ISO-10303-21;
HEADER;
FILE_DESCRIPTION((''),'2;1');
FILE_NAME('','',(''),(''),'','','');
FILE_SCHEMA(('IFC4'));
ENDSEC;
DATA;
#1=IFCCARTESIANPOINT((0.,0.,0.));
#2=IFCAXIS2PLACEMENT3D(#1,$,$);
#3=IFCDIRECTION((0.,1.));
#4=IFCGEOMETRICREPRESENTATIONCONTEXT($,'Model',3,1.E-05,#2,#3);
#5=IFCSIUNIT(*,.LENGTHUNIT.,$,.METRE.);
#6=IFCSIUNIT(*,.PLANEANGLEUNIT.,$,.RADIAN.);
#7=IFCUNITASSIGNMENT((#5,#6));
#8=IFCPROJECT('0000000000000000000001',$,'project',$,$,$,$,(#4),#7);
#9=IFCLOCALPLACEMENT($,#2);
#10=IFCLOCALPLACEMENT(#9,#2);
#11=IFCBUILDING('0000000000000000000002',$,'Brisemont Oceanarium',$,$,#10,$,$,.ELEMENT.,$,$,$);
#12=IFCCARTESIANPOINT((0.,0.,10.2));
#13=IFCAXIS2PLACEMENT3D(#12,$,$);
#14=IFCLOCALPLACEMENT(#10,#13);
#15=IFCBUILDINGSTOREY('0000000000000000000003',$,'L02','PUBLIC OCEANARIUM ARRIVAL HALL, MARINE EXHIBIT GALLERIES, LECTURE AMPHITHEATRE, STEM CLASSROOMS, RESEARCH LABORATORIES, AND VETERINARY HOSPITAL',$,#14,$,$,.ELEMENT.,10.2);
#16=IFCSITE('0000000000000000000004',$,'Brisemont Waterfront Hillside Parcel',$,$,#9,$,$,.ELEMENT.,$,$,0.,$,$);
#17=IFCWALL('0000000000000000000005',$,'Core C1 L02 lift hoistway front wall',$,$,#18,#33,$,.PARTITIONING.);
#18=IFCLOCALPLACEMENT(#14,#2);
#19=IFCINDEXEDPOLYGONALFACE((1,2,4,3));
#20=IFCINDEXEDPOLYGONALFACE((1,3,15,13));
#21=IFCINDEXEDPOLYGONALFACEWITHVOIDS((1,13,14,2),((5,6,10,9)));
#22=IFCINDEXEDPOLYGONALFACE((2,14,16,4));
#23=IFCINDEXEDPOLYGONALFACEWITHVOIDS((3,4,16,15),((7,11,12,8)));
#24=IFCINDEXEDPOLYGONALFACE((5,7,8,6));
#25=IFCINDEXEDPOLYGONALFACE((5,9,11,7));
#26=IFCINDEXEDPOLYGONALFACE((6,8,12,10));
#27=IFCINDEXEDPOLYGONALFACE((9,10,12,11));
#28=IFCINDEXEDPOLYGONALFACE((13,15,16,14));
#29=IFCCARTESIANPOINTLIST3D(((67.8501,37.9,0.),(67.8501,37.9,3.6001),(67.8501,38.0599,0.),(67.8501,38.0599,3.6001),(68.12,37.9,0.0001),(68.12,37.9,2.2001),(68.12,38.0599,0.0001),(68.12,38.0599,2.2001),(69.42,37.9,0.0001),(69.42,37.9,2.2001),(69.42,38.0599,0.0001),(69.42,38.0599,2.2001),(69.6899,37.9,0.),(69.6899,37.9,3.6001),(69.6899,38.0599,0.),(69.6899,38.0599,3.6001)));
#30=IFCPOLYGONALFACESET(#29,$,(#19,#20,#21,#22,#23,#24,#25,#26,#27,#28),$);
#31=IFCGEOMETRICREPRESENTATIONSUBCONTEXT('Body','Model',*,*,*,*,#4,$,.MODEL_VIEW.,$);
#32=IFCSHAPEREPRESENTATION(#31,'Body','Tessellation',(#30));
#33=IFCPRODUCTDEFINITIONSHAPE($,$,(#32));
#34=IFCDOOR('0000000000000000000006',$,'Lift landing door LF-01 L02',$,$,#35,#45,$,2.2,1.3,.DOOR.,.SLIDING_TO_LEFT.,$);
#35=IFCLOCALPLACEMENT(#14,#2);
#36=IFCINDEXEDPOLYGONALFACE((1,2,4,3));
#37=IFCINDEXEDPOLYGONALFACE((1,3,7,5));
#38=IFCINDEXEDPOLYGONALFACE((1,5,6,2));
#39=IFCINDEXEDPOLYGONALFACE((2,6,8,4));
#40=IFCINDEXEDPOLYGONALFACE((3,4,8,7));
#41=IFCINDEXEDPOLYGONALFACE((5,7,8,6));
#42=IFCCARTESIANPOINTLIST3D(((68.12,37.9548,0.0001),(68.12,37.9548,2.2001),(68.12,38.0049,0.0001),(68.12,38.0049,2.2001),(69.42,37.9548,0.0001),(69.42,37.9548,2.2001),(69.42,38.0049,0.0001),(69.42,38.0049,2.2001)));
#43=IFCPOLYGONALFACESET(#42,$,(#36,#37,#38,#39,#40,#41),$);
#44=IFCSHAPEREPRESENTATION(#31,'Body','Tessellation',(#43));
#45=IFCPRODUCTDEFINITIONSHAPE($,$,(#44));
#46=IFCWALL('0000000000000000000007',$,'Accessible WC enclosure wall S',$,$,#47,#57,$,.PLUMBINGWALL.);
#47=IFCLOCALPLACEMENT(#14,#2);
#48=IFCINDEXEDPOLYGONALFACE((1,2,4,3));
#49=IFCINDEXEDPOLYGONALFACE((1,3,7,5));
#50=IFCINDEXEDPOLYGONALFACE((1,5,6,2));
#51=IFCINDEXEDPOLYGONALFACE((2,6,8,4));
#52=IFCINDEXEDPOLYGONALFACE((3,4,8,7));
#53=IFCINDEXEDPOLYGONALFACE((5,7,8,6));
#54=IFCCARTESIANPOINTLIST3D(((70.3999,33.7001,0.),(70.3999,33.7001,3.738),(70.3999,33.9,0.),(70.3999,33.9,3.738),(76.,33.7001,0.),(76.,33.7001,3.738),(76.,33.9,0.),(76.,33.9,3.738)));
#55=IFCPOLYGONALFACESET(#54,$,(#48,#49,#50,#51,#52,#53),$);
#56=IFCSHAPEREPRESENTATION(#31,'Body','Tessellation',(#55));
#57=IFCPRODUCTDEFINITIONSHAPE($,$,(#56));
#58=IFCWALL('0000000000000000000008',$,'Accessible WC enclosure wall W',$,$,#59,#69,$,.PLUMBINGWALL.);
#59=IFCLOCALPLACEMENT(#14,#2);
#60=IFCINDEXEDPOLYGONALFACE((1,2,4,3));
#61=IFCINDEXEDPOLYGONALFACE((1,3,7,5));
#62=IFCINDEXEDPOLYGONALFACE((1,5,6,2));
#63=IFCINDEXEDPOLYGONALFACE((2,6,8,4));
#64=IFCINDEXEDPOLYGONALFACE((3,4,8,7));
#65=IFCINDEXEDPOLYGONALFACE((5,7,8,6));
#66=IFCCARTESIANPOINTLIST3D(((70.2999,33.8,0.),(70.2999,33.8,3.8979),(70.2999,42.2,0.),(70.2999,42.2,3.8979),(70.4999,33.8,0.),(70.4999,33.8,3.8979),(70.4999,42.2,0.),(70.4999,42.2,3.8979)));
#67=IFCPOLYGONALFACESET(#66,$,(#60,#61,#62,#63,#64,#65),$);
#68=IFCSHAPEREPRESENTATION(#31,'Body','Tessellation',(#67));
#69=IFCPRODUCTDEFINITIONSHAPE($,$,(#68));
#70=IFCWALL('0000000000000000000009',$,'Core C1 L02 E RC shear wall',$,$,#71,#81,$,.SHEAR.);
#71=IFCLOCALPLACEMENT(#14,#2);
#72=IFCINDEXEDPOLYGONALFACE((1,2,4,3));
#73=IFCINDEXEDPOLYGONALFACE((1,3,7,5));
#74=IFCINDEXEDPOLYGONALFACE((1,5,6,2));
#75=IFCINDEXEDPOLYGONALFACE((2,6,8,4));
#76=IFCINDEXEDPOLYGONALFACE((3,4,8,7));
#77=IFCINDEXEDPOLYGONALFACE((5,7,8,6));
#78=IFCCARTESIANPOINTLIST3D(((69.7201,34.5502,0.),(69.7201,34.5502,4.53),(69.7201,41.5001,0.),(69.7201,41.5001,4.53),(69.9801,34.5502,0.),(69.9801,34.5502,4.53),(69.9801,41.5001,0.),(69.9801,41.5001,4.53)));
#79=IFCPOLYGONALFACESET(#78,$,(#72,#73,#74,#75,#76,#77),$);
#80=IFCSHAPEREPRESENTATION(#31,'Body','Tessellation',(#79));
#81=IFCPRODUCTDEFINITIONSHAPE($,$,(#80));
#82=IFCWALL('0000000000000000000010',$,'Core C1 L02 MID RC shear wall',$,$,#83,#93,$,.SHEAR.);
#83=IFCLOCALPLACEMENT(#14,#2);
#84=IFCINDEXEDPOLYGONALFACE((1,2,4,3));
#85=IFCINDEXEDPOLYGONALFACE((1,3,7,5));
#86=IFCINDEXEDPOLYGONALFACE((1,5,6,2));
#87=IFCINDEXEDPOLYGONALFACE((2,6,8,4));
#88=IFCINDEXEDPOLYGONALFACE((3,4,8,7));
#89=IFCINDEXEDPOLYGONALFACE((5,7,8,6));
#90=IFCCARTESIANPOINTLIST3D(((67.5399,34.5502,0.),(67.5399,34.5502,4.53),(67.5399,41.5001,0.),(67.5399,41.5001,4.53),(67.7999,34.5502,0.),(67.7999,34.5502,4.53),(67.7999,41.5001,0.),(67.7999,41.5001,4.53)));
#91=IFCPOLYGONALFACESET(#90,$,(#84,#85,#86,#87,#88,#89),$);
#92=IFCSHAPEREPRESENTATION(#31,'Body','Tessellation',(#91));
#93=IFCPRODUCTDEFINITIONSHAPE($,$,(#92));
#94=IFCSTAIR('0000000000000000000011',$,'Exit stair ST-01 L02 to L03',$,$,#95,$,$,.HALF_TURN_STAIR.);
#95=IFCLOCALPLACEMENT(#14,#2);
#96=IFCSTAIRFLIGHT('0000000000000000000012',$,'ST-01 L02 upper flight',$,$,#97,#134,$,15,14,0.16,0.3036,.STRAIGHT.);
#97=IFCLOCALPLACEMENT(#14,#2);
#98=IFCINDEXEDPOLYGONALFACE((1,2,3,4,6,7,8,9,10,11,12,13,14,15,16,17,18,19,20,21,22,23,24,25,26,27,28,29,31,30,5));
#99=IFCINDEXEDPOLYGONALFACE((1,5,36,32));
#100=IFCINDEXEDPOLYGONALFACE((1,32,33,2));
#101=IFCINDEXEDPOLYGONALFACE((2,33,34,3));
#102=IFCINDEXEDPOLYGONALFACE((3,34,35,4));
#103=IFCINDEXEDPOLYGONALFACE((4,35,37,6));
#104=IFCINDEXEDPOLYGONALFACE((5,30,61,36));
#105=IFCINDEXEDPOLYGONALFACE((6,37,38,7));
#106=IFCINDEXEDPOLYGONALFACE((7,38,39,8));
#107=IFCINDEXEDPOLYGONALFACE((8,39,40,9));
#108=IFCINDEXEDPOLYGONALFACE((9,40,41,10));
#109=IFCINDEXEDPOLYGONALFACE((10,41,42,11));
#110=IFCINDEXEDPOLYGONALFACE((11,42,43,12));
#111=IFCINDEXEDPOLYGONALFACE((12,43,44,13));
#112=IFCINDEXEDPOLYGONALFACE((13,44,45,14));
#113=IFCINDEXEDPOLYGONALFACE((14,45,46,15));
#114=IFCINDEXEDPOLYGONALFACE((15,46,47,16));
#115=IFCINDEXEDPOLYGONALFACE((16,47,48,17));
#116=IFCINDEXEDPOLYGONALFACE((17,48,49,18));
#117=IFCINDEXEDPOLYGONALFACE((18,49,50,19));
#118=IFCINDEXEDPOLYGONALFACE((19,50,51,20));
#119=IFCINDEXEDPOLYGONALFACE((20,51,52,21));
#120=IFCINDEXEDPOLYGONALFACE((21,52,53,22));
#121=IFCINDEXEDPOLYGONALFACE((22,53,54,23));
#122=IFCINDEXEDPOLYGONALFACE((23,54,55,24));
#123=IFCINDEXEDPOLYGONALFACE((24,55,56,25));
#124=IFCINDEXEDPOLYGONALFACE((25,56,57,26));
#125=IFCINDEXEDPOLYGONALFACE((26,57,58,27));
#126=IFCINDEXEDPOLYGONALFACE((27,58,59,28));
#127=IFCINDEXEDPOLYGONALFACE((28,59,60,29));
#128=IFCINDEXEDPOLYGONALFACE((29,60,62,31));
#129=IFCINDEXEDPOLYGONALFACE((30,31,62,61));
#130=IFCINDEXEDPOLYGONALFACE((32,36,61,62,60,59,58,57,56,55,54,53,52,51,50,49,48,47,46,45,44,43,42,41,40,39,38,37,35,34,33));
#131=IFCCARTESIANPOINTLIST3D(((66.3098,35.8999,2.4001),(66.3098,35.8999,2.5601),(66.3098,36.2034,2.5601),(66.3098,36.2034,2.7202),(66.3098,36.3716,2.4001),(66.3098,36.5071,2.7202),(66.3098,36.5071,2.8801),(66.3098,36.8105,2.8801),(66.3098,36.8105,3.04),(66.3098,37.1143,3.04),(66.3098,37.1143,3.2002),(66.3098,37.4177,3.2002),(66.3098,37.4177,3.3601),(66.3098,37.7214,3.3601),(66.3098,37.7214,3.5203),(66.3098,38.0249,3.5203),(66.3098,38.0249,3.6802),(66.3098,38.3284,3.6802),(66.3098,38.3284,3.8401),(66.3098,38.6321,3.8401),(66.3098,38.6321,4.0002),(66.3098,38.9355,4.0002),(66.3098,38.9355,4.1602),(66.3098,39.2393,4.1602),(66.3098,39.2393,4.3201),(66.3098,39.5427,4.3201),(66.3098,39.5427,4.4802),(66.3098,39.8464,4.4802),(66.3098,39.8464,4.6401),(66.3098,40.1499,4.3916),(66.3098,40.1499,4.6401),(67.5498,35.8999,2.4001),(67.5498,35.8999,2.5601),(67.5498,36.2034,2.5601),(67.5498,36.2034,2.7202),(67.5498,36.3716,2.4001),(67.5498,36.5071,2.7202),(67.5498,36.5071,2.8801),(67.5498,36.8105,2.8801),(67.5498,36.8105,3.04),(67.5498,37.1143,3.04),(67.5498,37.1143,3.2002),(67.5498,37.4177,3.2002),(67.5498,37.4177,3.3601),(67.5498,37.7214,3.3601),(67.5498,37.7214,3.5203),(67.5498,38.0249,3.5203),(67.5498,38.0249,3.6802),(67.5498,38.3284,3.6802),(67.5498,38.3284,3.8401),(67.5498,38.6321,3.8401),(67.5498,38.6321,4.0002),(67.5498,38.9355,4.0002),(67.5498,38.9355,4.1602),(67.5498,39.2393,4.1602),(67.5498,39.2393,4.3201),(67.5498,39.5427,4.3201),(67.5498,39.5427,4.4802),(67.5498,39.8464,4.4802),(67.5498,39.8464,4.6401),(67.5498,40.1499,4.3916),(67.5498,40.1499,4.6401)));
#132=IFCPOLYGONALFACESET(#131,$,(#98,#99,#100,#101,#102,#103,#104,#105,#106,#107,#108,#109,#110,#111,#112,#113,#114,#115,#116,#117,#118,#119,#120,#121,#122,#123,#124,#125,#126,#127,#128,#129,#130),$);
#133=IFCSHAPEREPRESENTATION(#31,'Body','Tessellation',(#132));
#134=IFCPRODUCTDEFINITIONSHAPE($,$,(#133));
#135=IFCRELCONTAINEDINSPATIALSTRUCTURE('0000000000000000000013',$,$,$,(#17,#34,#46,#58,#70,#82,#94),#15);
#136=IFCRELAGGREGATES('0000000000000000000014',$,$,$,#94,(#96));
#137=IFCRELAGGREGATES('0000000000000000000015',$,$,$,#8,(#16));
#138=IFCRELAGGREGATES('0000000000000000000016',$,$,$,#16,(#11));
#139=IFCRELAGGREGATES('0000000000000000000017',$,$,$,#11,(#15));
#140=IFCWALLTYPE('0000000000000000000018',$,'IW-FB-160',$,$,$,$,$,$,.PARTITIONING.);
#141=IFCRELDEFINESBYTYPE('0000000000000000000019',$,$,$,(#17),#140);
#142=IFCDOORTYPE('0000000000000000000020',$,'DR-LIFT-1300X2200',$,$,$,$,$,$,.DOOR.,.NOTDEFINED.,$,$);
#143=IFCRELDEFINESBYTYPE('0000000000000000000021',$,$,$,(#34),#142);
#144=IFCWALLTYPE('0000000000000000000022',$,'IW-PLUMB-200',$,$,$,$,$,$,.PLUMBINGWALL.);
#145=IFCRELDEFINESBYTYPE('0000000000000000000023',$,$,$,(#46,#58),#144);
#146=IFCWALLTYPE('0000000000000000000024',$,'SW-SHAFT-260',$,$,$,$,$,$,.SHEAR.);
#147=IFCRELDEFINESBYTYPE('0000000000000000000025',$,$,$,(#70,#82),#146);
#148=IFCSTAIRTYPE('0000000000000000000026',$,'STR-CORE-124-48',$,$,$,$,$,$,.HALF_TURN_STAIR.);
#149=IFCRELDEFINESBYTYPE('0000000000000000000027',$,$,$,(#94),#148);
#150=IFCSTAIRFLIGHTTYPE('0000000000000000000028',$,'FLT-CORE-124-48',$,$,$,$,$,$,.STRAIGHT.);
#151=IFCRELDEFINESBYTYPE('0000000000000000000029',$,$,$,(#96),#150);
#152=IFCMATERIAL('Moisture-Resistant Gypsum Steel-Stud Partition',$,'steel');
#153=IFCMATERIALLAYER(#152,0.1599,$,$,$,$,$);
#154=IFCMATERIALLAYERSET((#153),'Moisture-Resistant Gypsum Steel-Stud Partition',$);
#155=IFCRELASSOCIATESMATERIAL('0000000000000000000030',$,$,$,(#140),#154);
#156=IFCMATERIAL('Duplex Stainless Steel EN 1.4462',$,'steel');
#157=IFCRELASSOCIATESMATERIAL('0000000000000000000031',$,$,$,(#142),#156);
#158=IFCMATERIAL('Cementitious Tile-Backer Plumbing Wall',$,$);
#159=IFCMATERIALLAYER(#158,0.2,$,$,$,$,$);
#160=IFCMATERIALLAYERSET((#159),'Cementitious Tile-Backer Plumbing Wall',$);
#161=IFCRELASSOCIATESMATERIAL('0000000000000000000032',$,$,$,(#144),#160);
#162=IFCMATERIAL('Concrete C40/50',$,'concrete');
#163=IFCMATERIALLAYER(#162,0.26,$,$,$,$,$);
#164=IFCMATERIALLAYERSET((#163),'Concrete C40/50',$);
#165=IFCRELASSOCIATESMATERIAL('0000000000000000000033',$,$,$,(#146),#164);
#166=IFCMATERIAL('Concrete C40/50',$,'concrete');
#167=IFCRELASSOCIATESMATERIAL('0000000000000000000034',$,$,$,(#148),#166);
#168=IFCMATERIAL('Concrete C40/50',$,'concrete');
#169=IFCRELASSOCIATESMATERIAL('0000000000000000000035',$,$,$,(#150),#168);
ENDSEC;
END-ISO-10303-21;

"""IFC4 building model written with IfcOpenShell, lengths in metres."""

from ifc_helpers import new_model, si_unit, direction, frame, frame_2d, origin, place, context, subcontext, project, spatial, polyline, rectangle, outline, extrude, material, layer, layer_set, type_object, element, fill, aggregate, save


model = new_model("IFC4")

# Units and contexts
model_context = context("Model", 3, precision=1e-05, world=origin(), true_north=direction((0.0, 1.0)))
body_context = subcontext(model_context, "Body", "Model", "MODEL_VIEW")
ifc_project = project(units=[si_unit("LENGTHUNIT", "METRE"), si_unit("PLANEANGLEUNIT", "RADIAN")], contexts=[model_context])

# Site, building, storey
site_placement = place(None, origin())
site = spatial("IfcSite", under=ifc_project, at=site_placement, Name="Brisemont Waterfront Hillside Parcel", CompositionType="ELEMENT", RefElevation=0.0)
building_placement = place(site_placement, origin())
building = spatial("IfcBuilding", under=site, at=building_placement, Name="Brisemont Oceanarium", CompositionType="ELEMENT")
storey_placement = place(building_placement, frame((0.0, 0.0, 10.2)))
storey = spatial("IfcBuildingStorey", under=building, at=storey_placement, Name="L02", Description="PUBLIC OCEANARIUM ARRIVAL HALL, MARINE EXHIBIT GALLERIES, LECTURE AMPHITHEATRE, STEM CLASSROOMS, RESEARCH LABORATORIES, AND VETERINARY HOSPITAL", CompositionType="ELEMENT", Elevation=10.2)

# Wall, opening, door
ifc_material_1 = material(Name="Moisture-Resistant Gypsum Steel-Stud Partition", Category="steel")
ifc_layer_1 = layer(ifc_material_1, 0.1599)
ifc_layer_set_1 = layer_set([ifc_layer_1], Name="Moisture-Resistant Gypsum Steel-Stud Partition")
wall_type_1 = type_object("IfcWallType", Name="IW-FB-160", PredefinedType="PARTITIONING", material=ifc_layer_set_1)
wall_1_placement = place(storey_placement, frame((67.8501, 37.98, 0.0), z_axis=(0.0, 0.0, 1.0), x_axis=(1.0, 0.0, 0.0)))
wall_1 = element("IfcWall", 1, at=wall_1_placement, inside=storey, type_object=wall_type_1, Name="Core C1 L02 lift hoistway front wall", PredefinedType="PARTITIONING", context=body_context, shape_type="SweptSolid", body=[
    extrude(rectangle(XDim=1.8398, YDim=0.1599, at=frame_2d((0.9199, 0.0))), origin(), (0.0, 0.0, 1.0), 3.6001),
])
opening_placement = place(wall_1_placement, frame((0.27, 0.0, 0.0)))
opening = element("IfcOpeningElement", 2, at=opening_placement, cuts=wall_1, PredefinedType="OPENING", context=body_context, shape_type="SweptSolid", body=[
    extrude(rectangle(XDim=1.3, YDim=2.2, at=frame_2d((0.6499, 1.1001))), frame((0.0, 0.0898, 0.0), z_axis=(0.0, -1.0, 0.0), x_axis=(1.0, 0.0, 0.0)), (0.0, 0.0, 1.0), 0.1799),
])
ifc_material_2 = material(Name="Duplex Stainless Steel EN 1.4462", Category="steel")
door_type = type_object("IfcDoorType", Name="DR-LIFT-1300X2200", OperationType="NOTDEFINED", PredefinedType="DOOR", material=ifc_material_2)
door_placement = place(opening_placement, origin())
door = element("IfcDoor", 3, at=door_placement, inside=storey, type_object=door_type, Name="Lift landing door LF-01 L02", OperationType="SLIDING_TO_LEFT", OverallHeight=2.2, OverallWidth=1.3, PredefinedType="DOOR", context=body_context, shape_type="SweptSolid", body=[
    extrude(rectangle(XDim=1.3, YDim=2.2, at=frame_2d((0.6499, 1.1001))), frame((0.0, 0.0249, 0.0), z_axis=(0.0, -1.0, 0.0), x_axis=(1.0, 0.0, 0.0)), (0.0, 0.0, 1.0), 0.05),
])
fill(opening, door)

# Walls
ifc_material_3 = material(Name="Cementitious Tile-Backer Plumbing Wall")
ifc_layer_2 = layer(ifc_material_3, 0.2)
ifc_layer_set_2 = layer_set([ifc_layer_2], Name="Cementitious Tile-Backer Plumbing Wall")
wall_type_2 = type_object("IfcWallType", Name="IW-PLUMB-200", PredefinedType="PLUMBINGWALL", material=ifc_layer_set_2)
wall_2_placement = place(storey_placement, frame((70.3999, 33.8, 0.0), z_axis=(0.0, 0.0, 1.0), x_axis=(1.0, 0.0, 0.0)))
element("IfcWall", 4, at=wall_2_placement, inside=storey, type_object=wall_type_2, Name="Accessible WC enclosure wall S", PredefinedType="PLUMBINGWALL", context=body_context, shape_type="SweptSolid", body=[
    extrude(rectangle(XDim=5.6001, YDim=0.2, at=frame_2d((2.8, 0.0))), origin(), (0.0, 0.0, 1.0), 3.738),
])
wall_3_placement = place(storey_placement, frame((70.3999, 33.8, 0.0), z_axis=(0.0, 0.0, 1.0), x_axis=(0.0, 1.0, 0.0)))
element("IfcWall", 5, at=wall_3_placement, inside=storey, type_object=wall_type_2, Name="Accessible WC enclosure wall W", PredefinedType="PLUMBINGWALL", context=body_context, shape_type="SweptSolid", body=[
    extrude(rectangle(XDim=8.3999, YDim=0.2, at=frame_2d((4.2, 0.0))), origin(), (0.0, 0.0, 1.0), 3.8979),
])
ifc_material_4 = material(Name="Concrete C40/50", Category="concrete")
ifc_layer_3 = layer(ifc_material_4, 0.26)
ifc_layer_set_3 = layer_set([ifc_layer_3], Name="Concrete C40/50")
wall_type_3 = type_object("IfcWallType", Name="SW-SHAFT-260", PredefinedType="SHEAR", material=ifc_layer_set_3)
for number, where, z_axis, x_axis, name in (
    (6, (69.8501, 34.55, 0.0), (0.0, 0.0, 1.0), (0.0, 1.0, 0.0), "Core C1 L02 E RC shear wall"),
    (7, (67.6699, 34.55, 0.0), (0.0, 0.0, 1.0), (0.0, 1.0, 0.0), "Core C1 L02 MID RC shear wall"),
):
    element("IfcWall", number, at=place(storey_placement, frame(where, z_axis=z_axis, x_axis=x_axis)), inside=storey, type_object=wall_type_3, Name=name, PredefinedType="SHEAR", context=body_context, shape_type="SweptSolid", body=[
        extrude(rectangle(XDim=6.95, YDim=0.26, at=frame_2d((3.4751, 0.0))), origin(), (0.0, 0.0, 1.0), 4.53),
    ])

# Stair, stair flight
ifc_material_5 = material(Name="Concrete C40/50", Category="concrete")
stair_type = type_object("IfcStairType", Name="STR-CORE-124-48", PredefinedType="HALF_TURN_STAIR", material=ifc_material_5)
stair_placement = place(storey_placement, origin())
stair = element("IfcStair", 8, at=stair_placement, inside=storey, type_object=stair_type, Name="Exit stair ST-01 L02 to L03", PredefinedType="HALF_TURN_STAIR")
ifc_material_6 = material(Name="Concrete C40/50", Category="concrete")
stair_flight_type = type_object("IfcStairFlightType", Name="FLT-CORE-124-48", PredefinedType="STRAIGHT", material=ifc_material_6)
stair_flight_placement = place(storey_placement, frame((66.9299, 35.8999, 2.4001), z_axis=(0.0, 0.0, 1.0), x_axis=(0.0, 1.0, 0.0)))
stair_flight = element("IfcStairFlight", 9, at=stair_flight_placement, type_object=stair_flight_type, Name="ST-01 L02 upper flight", NumberOfRisers=15, NumberOfTreads=14, PredefinedType="STRAIGHT", RiserHeight=0.16, TreadLength=0.3036, context=body_context, shape_type="SweptSolid", body=[
    extrude(outline(polyline([(0.0, 0.0), (0.0, 0.1599), (0.3035, 0.1599), (0.3035, 0.3201), (0.6072, 0.3201), (0.6072, 0.48), (0.9106, 0.48), (0.9106, 0.6399), (1.2144, 0.6399), (1.2144, 0.8), (1.5178, 0.8), (1.5178, 0.96), (1.8215, 0.96), (1.8215, 1.1201), (2.125, 1.1201), (2.125, 1.28), (2.4285, 1.28), (2.4285, 1.4399), (2.7322, 1.4399), (2.7322, 1.6001), (3.0356, 1.6001), (3.0356, 1.76), (3.3394, 1.76), (3.3394, 1.9199), (3.6428, 1.9199), (3.6428, 2.0801), (3.9465, 2.0801), (3.9465, 2.24), (4.25, 2.24), (4.25, 2.3999), (4.25, 1.9915), (0.4717, 0.0), (0.0, 0.0)])), frame((0.0, 0.6201, 0.0), z_axis=(0.0, -1.0, 0.0), x_axis=(1.0, 0.0, 0.0)), (0.0, 0.0, 1.0), 1.24),
])
aggregate(stair, [stair_flight])

save(model, "model.ifc")
